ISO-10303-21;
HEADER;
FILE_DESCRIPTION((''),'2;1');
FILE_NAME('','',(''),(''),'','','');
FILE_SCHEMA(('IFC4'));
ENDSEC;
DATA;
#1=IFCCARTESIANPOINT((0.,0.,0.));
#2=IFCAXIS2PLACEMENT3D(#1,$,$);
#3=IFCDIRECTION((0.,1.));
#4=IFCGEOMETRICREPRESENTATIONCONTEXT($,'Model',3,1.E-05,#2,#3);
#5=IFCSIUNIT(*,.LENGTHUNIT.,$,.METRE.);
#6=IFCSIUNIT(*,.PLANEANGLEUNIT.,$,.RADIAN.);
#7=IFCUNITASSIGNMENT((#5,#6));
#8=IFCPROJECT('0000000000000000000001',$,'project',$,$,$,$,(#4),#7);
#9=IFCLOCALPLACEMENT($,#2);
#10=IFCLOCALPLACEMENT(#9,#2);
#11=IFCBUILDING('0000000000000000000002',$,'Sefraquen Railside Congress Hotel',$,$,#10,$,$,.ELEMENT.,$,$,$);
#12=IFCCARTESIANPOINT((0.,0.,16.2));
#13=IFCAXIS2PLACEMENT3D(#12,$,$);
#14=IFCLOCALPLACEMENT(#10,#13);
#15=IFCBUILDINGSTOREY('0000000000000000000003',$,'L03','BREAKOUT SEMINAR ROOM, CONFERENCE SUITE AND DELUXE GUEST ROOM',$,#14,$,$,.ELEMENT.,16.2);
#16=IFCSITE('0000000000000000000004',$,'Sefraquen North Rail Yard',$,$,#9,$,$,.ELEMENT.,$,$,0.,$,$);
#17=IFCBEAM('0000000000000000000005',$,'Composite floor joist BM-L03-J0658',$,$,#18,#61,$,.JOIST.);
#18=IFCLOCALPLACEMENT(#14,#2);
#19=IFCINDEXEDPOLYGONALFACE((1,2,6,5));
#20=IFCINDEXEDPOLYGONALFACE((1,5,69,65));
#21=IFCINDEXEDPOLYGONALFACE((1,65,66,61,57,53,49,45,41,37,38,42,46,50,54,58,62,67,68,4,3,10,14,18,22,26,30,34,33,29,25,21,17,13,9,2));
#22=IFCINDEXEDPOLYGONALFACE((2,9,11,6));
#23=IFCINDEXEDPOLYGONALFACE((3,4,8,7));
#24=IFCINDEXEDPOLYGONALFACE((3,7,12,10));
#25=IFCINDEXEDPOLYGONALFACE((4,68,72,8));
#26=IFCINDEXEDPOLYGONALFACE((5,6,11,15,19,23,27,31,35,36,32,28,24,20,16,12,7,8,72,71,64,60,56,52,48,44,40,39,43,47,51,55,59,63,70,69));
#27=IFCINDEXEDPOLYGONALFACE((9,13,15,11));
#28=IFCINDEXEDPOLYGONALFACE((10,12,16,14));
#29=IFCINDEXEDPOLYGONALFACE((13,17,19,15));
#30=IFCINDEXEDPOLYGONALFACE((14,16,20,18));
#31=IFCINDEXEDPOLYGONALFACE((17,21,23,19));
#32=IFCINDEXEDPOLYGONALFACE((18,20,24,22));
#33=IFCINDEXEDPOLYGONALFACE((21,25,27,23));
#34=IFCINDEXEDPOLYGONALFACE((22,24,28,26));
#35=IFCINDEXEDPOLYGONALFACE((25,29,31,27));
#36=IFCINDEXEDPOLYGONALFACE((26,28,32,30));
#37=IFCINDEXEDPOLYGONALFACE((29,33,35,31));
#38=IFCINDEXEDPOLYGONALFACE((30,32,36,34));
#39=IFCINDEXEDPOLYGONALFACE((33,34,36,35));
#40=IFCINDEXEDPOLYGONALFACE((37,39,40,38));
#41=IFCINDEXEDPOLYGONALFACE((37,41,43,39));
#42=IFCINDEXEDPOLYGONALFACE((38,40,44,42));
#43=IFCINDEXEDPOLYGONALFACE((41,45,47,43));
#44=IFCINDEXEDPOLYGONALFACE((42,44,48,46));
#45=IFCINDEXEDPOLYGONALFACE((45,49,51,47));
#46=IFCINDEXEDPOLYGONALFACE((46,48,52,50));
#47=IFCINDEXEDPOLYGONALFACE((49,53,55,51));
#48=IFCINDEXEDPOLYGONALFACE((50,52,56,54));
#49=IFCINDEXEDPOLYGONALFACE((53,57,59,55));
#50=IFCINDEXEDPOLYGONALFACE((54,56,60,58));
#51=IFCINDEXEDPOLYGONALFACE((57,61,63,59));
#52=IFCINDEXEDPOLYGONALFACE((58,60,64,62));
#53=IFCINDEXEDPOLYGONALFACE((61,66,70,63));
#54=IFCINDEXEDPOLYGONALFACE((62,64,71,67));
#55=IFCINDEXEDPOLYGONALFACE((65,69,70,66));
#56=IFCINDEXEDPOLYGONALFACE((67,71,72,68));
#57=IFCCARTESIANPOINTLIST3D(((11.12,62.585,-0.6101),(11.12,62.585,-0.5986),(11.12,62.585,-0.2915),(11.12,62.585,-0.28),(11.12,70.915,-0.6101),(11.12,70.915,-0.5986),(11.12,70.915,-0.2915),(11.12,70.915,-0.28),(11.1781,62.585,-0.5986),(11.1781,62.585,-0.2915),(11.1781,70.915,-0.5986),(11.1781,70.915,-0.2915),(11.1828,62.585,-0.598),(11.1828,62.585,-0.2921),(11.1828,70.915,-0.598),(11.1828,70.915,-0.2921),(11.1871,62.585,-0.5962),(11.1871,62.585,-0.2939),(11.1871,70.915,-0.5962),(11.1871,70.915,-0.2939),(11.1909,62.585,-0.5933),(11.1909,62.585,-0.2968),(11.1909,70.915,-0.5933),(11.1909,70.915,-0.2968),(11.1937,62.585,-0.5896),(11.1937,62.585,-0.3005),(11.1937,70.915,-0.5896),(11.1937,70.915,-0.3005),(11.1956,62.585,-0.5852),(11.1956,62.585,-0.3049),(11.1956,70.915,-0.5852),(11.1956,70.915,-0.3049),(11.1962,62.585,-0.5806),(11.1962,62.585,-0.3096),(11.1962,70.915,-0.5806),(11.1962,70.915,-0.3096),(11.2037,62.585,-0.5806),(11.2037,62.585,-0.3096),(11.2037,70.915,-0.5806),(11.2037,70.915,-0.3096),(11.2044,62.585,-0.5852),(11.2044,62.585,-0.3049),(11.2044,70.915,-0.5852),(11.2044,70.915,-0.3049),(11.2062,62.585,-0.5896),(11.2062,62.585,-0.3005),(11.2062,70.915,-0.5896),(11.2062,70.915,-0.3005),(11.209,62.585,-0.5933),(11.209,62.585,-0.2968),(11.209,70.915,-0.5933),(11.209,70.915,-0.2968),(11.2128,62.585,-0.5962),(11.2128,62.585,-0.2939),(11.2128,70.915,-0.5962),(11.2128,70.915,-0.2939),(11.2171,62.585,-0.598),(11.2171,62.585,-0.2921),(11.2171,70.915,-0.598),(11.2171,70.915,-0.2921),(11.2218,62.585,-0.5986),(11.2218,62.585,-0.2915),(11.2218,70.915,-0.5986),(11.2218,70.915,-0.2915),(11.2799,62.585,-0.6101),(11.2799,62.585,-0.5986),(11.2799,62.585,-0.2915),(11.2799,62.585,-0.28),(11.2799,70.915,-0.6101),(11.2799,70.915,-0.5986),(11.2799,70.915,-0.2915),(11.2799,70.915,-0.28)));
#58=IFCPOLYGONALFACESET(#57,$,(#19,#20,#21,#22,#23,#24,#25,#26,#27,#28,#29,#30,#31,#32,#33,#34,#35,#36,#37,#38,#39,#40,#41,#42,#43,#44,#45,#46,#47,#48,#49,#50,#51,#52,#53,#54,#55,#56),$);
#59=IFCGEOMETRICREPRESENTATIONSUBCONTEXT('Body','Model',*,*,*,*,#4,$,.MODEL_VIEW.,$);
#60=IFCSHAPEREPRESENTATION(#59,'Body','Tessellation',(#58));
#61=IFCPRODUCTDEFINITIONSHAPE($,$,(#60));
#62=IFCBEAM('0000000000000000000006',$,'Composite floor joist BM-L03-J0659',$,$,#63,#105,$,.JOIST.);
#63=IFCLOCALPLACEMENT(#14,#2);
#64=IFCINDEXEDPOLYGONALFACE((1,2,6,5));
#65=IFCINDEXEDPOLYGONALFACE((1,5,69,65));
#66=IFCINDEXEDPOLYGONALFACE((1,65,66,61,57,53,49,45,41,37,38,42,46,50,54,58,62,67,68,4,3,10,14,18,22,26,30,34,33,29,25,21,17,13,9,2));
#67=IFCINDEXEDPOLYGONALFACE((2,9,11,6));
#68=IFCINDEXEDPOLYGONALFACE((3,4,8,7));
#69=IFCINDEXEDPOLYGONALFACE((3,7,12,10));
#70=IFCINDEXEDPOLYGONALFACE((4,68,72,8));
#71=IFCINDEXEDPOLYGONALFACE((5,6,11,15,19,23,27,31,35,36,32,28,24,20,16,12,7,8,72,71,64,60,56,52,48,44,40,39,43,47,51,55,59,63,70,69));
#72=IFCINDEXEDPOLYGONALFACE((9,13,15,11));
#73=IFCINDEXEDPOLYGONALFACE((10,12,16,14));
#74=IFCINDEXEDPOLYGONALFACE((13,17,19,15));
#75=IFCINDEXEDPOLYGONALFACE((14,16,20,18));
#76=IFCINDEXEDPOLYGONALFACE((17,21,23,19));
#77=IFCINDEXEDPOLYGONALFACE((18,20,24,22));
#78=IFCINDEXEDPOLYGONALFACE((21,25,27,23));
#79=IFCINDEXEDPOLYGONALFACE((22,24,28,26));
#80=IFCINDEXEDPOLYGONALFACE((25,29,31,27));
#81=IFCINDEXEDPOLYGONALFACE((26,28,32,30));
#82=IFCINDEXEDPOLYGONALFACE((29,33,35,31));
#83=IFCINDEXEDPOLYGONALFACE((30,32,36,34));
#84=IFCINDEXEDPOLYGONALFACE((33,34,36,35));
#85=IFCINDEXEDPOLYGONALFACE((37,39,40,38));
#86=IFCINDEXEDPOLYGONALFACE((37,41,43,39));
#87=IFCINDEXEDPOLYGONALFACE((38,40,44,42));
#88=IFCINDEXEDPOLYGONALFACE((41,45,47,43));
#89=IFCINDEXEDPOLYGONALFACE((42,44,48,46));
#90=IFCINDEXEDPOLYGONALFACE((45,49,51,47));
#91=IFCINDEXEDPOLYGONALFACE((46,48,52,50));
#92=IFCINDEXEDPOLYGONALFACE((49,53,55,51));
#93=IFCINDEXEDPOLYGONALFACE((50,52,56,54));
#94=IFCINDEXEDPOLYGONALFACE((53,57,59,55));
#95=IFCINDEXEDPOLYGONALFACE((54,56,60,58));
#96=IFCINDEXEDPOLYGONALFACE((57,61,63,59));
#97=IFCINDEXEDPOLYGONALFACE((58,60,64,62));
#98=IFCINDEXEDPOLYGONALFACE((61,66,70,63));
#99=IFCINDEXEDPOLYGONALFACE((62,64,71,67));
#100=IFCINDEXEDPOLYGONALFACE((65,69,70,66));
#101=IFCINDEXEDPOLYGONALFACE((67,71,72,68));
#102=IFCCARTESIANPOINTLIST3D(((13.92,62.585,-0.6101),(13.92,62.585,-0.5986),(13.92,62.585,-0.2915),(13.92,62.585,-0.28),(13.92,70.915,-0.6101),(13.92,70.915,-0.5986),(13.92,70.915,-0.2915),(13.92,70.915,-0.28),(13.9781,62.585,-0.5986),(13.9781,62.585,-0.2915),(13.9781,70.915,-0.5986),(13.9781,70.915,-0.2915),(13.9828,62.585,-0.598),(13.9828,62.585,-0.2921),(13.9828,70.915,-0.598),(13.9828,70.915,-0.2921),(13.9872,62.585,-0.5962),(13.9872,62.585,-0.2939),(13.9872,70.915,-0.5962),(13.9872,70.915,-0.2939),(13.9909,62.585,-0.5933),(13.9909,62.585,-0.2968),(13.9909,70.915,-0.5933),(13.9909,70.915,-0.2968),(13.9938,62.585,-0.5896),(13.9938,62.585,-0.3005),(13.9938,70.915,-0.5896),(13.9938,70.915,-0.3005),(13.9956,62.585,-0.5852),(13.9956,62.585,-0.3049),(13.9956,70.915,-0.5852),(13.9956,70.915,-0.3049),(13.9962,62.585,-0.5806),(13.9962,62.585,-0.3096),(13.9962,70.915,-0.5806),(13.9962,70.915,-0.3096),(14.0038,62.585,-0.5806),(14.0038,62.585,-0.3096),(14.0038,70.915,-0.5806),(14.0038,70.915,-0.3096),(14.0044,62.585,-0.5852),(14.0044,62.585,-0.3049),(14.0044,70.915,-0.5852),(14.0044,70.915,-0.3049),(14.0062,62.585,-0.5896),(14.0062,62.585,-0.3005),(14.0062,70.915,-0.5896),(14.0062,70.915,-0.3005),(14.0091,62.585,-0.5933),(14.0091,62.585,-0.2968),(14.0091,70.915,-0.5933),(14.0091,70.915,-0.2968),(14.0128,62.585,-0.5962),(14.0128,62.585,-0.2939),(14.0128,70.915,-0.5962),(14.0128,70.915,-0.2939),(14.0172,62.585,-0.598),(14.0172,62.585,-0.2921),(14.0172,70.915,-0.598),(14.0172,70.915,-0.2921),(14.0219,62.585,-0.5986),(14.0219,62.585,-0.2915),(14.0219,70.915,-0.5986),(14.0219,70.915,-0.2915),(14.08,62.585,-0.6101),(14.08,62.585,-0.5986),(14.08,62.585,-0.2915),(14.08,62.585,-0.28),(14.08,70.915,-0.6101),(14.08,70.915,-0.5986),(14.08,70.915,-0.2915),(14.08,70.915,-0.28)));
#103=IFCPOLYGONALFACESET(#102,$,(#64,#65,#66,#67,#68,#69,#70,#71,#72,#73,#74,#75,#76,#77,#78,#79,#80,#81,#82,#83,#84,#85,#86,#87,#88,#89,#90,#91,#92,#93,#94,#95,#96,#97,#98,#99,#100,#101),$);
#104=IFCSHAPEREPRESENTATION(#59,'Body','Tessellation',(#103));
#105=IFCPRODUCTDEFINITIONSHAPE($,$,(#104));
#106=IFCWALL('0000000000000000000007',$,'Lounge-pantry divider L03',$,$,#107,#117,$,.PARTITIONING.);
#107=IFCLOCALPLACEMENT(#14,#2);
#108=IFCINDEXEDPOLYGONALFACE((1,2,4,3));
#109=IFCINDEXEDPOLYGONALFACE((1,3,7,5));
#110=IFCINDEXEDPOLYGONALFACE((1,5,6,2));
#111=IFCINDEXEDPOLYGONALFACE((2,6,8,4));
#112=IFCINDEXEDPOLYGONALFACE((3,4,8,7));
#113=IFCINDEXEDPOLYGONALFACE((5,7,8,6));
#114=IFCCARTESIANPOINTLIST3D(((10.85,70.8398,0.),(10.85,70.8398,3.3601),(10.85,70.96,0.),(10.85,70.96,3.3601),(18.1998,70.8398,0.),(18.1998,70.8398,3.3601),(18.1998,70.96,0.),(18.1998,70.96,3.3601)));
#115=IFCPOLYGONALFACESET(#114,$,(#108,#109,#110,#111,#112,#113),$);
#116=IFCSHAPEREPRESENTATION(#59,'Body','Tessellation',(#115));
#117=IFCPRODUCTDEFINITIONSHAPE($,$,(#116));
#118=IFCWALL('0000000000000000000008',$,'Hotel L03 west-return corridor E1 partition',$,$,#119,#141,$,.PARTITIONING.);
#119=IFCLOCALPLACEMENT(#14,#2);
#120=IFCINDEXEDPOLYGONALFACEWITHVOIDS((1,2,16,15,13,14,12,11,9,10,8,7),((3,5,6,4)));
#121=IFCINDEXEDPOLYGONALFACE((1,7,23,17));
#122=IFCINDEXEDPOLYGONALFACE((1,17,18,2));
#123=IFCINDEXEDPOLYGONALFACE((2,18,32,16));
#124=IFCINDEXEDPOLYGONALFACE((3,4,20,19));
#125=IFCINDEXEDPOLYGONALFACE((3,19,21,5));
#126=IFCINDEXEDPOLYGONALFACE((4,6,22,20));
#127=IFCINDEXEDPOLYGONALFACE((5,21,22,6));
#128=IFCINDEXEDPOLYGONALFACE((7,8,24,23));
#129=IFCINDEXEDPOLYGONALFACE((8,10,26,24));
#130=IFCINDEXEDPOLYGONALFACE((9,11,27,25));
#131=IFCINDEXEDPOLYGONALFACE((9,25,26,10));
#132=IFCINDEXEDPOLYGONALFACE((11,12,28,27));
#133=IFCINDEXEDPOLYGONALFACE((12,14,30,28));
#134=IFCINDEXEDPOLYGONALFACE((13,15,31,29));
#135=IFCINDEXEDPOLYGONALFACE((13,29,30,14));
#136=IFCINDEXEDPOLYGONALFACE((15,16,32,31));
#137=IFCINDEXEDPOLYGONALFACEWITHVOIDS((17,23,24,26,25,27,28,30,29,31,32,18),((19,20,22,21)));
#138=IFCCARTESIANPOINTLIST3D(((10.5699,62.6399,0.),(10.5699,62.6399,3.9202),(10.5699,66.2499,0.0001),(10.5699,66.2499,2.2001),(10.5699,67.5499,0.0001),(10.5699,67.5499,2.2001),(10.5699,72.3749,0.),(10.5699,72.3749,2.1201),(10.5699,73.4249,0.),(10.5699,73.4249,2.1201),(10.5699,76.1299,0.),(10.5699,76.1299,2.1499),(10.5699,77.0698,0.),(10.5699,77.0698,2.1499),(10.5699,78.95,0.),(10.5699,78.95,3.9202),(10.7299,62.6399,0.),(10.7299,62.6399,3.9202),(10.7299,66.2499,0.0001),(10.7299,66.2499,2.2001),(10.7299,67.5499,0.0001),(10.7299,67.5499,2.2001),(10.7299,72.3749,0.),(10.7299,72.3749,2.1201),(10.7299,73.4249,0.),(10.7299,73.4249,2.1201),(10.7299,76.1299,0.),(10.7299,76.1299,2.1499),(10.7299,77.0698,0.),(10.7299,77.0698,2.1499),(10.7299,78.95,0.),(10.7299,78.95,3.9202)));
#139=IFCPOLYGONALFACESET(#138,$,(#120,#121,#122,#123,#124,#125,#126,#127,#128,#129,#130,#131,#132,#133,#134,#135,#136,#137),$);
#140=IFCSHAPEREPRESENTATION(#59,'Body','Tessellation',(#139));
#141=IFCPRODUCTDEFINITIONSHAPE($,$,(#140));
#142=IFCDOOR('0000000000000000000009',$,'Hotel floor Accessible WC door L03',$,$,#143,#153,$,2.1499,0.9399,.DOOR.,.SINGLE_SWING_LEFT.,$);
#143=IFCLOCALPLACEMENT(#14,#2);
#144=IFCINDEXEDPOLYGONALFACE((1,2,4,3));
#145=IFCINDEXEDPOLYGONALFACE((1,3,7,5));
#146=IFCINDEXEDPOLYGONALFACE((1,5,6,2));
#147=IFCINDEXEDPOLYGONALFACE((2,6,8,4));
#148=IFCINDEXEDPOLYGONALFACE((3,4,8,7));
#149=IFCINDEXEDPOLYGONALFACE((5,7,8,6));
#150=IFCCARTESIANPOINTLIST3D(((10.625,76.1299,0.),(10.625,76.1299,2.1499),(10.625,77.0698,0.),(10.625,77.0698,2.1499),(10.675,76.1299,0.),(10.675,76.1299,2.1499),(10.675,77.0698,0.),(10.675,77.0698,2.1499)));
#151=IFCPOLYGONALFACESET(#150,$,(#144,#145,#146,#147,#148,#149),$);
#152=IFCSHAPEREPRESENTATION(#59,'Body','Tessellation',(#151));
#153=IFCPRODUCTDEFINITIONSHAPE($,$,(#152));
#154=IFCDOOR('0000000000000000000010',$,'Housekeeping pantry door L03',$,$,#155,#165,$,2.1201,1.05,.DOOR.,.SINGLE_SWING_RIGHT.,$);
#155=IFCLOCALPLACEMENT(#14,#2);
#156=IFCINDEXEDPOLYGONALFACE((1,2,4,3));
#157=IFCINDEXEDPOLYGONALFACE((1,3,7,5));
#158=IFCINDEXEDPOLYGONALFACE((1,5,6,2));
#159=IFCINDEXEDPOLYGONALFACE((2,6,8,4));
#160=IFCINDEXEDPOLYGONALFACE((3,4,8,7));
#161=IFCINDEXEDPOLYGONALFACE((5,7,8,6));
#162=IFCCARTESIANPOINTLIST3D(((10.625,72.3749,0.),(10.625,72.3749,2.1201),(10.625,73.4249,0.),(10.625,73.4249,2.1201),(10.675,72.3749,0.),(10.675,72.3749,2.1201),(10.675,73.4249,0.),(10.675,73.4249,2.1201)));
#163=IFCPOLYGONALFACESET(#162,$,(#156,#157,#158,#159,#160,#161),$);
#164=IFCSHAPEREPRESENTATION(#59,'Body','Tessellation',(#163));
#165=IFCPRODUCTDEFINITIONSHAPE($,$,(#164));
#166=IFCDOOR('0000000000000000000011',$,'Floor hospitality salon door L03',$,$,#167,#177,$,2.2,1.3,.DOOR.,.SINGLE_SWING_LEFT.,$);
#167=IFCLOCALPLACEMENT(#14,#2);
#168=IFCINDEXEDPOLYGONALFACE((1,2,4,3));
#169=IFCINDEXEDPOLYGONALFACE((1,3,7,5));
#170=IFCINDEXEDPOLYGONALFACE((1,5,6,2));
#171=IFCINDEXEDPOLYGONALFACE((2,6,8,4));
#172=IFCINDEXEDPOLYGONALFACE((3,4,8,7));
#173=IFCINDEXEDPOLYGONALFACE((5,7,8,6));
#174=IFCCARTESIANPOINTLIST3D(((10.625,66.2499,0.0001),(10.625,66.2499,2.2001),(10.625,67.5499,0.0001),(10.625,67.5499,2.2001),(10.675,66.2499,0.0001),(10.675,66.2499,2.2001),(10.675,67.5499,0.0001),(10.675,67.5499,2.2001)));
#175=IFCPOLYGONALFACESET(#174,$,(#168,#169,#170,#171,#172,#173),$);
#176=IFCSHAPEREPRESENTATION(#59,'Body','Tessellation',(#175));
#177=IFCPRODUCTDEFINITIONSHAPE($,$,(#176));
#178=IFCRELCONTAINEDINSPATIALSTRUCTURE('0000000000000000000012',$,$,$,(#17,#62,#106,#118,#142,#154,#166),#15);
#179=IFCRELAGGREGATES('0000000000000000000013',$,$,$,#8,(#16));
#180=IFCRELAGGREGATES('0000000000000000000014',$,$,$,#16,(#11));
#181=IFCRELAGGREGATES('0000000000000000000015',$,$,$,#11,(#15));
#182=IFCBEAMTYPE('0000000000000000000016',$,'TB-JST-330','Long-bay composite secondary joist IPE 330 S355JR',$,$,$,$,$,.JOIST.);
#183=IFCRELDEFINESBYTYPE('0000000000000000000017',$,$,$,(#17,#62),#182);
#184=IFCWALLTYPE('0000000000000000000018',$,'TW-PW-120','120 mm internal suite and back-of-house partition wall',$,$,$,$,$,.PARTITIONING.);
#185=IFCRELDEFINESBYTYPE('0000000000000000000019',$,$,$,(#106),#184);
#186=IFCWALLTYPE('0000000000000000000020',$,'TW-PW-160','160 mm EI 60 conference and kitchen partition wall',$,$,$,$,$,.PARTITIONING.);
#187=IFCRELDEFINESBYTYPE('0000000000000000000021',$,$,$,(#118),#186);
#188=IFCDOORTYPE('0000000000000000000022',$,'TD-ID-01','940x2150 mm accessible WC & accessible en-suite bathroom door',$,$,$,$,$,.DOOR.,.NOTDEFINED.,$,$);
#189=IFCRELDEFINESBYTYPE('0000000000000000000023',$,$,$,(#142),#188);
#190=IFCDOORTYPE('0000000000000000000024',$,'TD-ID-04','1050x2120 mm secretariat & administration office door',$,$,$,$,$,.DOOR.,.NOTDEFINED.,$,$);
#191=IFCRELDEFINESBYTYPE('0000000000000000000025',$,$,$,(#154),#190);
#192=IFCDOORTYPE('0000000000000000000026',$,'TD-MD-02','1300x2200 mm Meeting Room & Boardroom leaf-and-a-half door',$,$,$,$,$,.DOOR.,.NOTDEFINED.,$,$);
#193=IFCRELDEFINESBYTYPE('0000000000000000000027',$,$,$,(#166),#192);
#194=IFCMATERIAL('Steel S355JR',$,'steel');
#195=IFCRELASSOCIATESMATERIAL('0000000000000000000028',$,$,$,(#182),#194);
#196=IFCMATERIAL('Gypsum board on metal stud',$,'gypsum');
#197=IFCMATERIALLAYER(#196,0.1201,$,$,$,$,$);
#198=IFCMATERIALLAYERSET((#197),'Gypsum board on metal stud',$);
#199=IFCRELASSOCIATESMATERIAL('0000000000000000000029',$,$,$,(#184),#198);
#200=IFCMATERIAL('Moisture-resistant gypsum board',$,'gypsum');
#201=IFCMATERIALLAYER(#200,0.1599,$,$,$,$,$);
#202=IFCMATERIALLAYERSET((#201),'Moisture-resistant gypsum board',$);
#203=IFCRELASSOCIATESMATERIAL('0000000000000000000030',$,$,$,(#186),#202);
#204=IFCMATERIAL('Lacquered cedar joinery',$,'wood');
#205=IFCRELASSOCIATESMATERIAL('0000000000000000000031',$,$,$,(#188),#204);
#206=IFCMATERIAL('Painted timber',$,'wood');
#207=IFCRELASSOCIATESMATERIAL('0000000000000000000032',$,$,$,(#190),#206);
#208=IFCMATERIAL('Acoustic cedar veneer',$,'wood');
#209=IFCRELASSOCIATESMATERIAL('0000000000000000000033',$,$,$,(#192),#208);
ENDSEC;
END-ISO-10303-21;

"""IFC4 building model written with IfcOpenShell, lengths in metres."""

from ifc_helpers import new_model, si_unit, direction, frame, frame_2d, origin, origin_2d, place, context, subcontext, project, spatial, rectangle, i_section, extrude, material, layer, layer_set, material_profile, profile_set, type_object, element, fill, save


model = new_model("IFC4")

# Units and contexts
model_context = context("Model", 3, precision=1e-05, world=origin(), true_north=direction((0.0, 1.0)))
body_context = subcontext(model_context, "Body", "Model", "MODEL_VIEW")
ifc_project = project(units=[si_unit("LENGTHUNIT", "METRE"), si_unit("PLANEANGLEUNIT", "RADIAN")], contexts=[model_context])

# Site, building, storey
site_placement = place(None, origin())
site = spatial("IfcSite", under=ifc_project, at=site_placement, Name="Sefraquen North Rail Yard", CompositionType="ELEMENT", RefElevation=0.0)
building_placement = place(site_placement, origin())
building = spatial("IfcBuilding", under=site, at=building_placement, Name="Sefraquen Railside Congress Hotel", CompositionType="ELEMENT")
storey_placement = place(building_placement, frame((0.0, 0.0, 16.2)))
storey = spatial("IfcBuildingStorey", under=building, at=storey_placement, Name="L03", Description="BREAKOUT SEMINAR ROOM, CONFERENCE SUITE AND DELUXE GUEST ROOM", CompositionType="ELEMENT", Elevation=16.2)

# Shared definitions
ifc_material_1 = material(Name="Steel S355JR", Category="steel")

# Beams
ifc_material_profile_1 = material_profile(ifc_material_1, i_section(OverallWidth=0.1599, OverallDepth=0.3301, WebThickness=0.0076, FlangeThickness=0.0115, FilletRadius=0.0181, at=origin_2d()), Name="IPE 330")
ifc_profile_set_1 = profile_set([ifc_material_profile_1], Name="Steel S355JR")
beam_type_1 = type_object("IfcBeamType", Name="TB-JST-330", Description="Long-bay composite secondary joist IPE 330 S355JR", PredefinedType="JOIST", material=ifc_profile_set_1)
for number, where, z_axis, x_axis, name in (
    (1, (11.2, 62.585, -0.4451), (0.0, 1.0, 0.0), (-1.0, 0.0, 0.0), "Composite floor joist BM-L03-J0658"),
    (2, (14.0, 62.585, -0.4451), (0.0, 1.0, 0.0), (-1.0, 0.0, 0.0), "Composite floor joist BM-L03-J0659"),
):
    element("IfcBeam", number, at=place(storey_placement, frame(where, z_axis=z_axis, x_axis=x_axis)), inside=storey, type_object=beam_type_1, Name=name, PredefinedType="JOIST", context=body_context, shape_type="SweptSolid", body=[
        extrude(i_section(OverallWidth=0.1599, OverallDepth=0.3301, WebThickness=0.0076, FlangeThickness=0.0115, FilletRadius=0.0181, at=origin_2d()), origin(), (0.0, 0.0, 1.0), 8.3301),
    ])

# Wall
ifc_material_2 = material(Name="Gypsum board on metal stud", Category="gypsum")
ifc_layer_1 = layer(ifc_material_2, 0.1201)
ifc_layer_set_1 = layer_set([ifc_layer_1], Name="Gypsum board on metal stud")
wall_type_1 = type_object("IfcWallType", Name="TW-PW-120", Description="120 mm internal suite and back-of-house partition wall", PredefinedType="PARTITIONING", material=ifc_layer_set_1)
wall_1_placement = place(storey_placement, frame((10.8501, 70.8999, 0.0), z_axis=(0.0, 0.0, 1.0), x_axis=(1.0, 0.0, 0.0)))
element("IfcWall", 3, at=wall_1_placement, inside=storey, type_object=wall_type_1, Name="Lounge-pantry divider L03", PredefinedType="PARTITIONING", context=body_context, shape_type="SweptSolid", body=[
    extrude(rectangle(XDim=7.3499, YDim=0.1201, at=frame_2d((3.6748, 0.0))), origin(), (0.0, 0.0, 1.0), 3.3601),
])

# Wall, openings, doors
ifc_material_3 = material(Name="Moisture-resistant gypsum board", Category="gypsum")
ifc_layer_2 = layer(ifc_material_3, 0.1599)
ifc_layer_set_2 = layer_set([ifc_layer_2], Name="Moisture-resistant gypsum board")
wall_type_2 = type_object("IfcWallType", Name="TW-PW-160", Description="160 mm EI 60 conference and kitchen partition wall", PredefinedType="PARTITIONING", material=ifc_layer_set_2)
wall_2_placement = place(storey_placement, frame((10.6499, 62.6399, 0.0), z_axis=(0.0, 0.0, 1.0), x_axis=(0.0, 1.0, 0.0)))
wall_2 = element("IfcWall", 4, at=wall_2_placement, inside=storey, type_object=wall_type_2, Name="Hotel L03 west-return corridor E1 partition", PredefinedType="PARTITIONING", context=body_context, shape_type="SweptSolid", body=[
    extrude(rectangle(XDim=16.3101, YDim=0.1599, at=frame_2d((8.155, 0.0))), origin(), (0.0, 0.0, 1.0), 3.9202),
])
opening_1_placement = place(wall_2_placement, frame((3.6101, 0.0, 0.0)))
opening_1 = element("IfcOpeningElement", 5, at=opening_1_placement, cuts=wall_2, PredefinedType="OPENING", context=body_context, shape_type="SweptSolid", body=[
    extrude(rectangle(XDim=1.3, YDim=2.2, at=frame_2d((0.6499, 1.1001))), frame((0.0, 0.0898, 0.0), z_axis=(0.0, -1.0, 0.0), x_axis=(1.0, 0.0, 0.0)), (0.0, 0.0, 1.0), 0.1799),
])
opening_2_placement = place(wall_2_placement, frame((9.7351, 0.0, 0.0)))
opening_2 = element("IfcOpeningElement", 6, at=opening_2_placement, cuts=wall_2, PredefinedType="OPENING", context=body_context, shape_type="SweptSolid", body=[
    extrude(rectangle(XDim=1.05, YDim=2.1201, at=frame_2d((0.5249, 1.0601))), frame((0.0, 0.0898, 0.0), z_axis=(0.0, -1.0, 0.0), x_axis=(1.0, 0.0, 0.0)), (0.0, 0.0, 1.0), 0.1799),
])
opening_3_placement = place(wall_2_placement, frame((13.49, 0.0, 0.0)))
opening_3 = element("IfcOpeningElement", 7, at=opening_3_placement, cuts=wall_2, PredefinedType="OPENING", context=body_context, shape_type="SweptSolid", body=[
    extrude(rectangle(XDim=0.9399, YDim=2.1499, at=frame_2d((0.47, 1.075))), frame((0.0, 0.0898, 0.0), z_axis=(0.0, -1.0, 0.0), x_axis=(1.0, 0.0, 0.0)), (0.0, 0.0, 1.0), 0.1799),
])
ifc_material_4 = material(Name="Lacquered cedar joinery", Category="wood")
door_type_1 = type_object("IfcDoorType", Name="TD-ID-01", Description="940x2150 mm accessible WC & accessible en-suite bathroom door", OperationType="NOTDEFINED", PredefinedType="DOOR", material=ifc_material_4)
door_1_placement = place(opening_3_placement, origin())
door_1 = element("IfcDoor", 8, at=door_1_placement, inside=storey, type_object=door_type_1, Name="Hotel floor Accessible WC door L03", OperationType="SINGLE_SWING_LEFT", OverallHeight=2.1499, OverallWidth=0.9399, PredefinedType="DOOR", context=body_context, shape_type="SweptSolid", body=[
    extrude(rectangle(XDim=0.9399, YDim=2.1499, at=frame_2d((0.47, 1.075))), frame((0.0, 0.0249, 0.0), z_axis=(0.0, -1.0, 0.0), x_axis=(1.0, 0.0, 0.0)), (0.0, 0.0, 1.0), 0.05),
])
fill(opening_3, door_1)
ifc_material_5 = material(Name="Painted timber", Category="wood")
door_type_2 = type_object("IfcDoorType", Name="TD-ID-04", Description="1050x2120 mm secretariat & administration office door", OperationType="NOTDEFINED", PredefinedType="DOOR", material=ifc_material_5)
door_2_placement = place(opening_2_placement, origin())
door_2 = element("IfcDoor", 9, at=door_2_placement, inside=storey, type_object=door_type_2, Name="Housekeeping pantry door L03", OperationType="SINGLE_SWING_RIGHT", OverallHeight=2.1201, OverallWidth=1.05, PredefinedType="DOOR", context=body_context, shape_type="SweptSolid", body=[
    extrude(rectangle(XDim=1.05, YDim=2.1201, at=frame_2d((0.5249, 1.0601))), frame((0.0, 0.0249, 0.0), z_axis=(0.0, -1.0, 0.0), x_axis=(1.0, 0.0, 0.0)), (0.0, 0.0, 1.0), 0.05),
])
fill(opening_2, door_2)
ifc_material_6 = material(Name="Acoustic cedar veneer", Category="wood")
door_type_3 = type_object("IfcDoorType", Name="TD-MD-02", Description="1300x2200 mm Meeting Room & Boardroom leaf-and-a-half door", OperationType="NOTDEFINED", PredefinedType="DOOR", material=ifc_material_6)
door_3_placement = place(opening_1_placement, origin())
door_3 = element("IfcDoor", 10, at=door_3_placement, inside=storey, type_object=door_type_3, Name="Floor hospitality salon door L03", OperationType="SINGLE_SWING_LEFT", OverallHeight=2.2, OverallWidth=1.3, PredefinedType="DOOR", context=body_context, shape_type="SweptSolid", body=[
    extrude(rectangle(XDim=1.3, YDim=2.2, at=frame_2d((0.6499, 1.1001))), frame((0.0, 0.0249, 0.0), z_axis=(0.0, -1.0, 0.0), x_axis=(1.0, 0.0, 0.0)), (0.0, 0.0, 1.0), 0.05),
])
fill(opening_1, door_3)

save(model, "model.ifc")
